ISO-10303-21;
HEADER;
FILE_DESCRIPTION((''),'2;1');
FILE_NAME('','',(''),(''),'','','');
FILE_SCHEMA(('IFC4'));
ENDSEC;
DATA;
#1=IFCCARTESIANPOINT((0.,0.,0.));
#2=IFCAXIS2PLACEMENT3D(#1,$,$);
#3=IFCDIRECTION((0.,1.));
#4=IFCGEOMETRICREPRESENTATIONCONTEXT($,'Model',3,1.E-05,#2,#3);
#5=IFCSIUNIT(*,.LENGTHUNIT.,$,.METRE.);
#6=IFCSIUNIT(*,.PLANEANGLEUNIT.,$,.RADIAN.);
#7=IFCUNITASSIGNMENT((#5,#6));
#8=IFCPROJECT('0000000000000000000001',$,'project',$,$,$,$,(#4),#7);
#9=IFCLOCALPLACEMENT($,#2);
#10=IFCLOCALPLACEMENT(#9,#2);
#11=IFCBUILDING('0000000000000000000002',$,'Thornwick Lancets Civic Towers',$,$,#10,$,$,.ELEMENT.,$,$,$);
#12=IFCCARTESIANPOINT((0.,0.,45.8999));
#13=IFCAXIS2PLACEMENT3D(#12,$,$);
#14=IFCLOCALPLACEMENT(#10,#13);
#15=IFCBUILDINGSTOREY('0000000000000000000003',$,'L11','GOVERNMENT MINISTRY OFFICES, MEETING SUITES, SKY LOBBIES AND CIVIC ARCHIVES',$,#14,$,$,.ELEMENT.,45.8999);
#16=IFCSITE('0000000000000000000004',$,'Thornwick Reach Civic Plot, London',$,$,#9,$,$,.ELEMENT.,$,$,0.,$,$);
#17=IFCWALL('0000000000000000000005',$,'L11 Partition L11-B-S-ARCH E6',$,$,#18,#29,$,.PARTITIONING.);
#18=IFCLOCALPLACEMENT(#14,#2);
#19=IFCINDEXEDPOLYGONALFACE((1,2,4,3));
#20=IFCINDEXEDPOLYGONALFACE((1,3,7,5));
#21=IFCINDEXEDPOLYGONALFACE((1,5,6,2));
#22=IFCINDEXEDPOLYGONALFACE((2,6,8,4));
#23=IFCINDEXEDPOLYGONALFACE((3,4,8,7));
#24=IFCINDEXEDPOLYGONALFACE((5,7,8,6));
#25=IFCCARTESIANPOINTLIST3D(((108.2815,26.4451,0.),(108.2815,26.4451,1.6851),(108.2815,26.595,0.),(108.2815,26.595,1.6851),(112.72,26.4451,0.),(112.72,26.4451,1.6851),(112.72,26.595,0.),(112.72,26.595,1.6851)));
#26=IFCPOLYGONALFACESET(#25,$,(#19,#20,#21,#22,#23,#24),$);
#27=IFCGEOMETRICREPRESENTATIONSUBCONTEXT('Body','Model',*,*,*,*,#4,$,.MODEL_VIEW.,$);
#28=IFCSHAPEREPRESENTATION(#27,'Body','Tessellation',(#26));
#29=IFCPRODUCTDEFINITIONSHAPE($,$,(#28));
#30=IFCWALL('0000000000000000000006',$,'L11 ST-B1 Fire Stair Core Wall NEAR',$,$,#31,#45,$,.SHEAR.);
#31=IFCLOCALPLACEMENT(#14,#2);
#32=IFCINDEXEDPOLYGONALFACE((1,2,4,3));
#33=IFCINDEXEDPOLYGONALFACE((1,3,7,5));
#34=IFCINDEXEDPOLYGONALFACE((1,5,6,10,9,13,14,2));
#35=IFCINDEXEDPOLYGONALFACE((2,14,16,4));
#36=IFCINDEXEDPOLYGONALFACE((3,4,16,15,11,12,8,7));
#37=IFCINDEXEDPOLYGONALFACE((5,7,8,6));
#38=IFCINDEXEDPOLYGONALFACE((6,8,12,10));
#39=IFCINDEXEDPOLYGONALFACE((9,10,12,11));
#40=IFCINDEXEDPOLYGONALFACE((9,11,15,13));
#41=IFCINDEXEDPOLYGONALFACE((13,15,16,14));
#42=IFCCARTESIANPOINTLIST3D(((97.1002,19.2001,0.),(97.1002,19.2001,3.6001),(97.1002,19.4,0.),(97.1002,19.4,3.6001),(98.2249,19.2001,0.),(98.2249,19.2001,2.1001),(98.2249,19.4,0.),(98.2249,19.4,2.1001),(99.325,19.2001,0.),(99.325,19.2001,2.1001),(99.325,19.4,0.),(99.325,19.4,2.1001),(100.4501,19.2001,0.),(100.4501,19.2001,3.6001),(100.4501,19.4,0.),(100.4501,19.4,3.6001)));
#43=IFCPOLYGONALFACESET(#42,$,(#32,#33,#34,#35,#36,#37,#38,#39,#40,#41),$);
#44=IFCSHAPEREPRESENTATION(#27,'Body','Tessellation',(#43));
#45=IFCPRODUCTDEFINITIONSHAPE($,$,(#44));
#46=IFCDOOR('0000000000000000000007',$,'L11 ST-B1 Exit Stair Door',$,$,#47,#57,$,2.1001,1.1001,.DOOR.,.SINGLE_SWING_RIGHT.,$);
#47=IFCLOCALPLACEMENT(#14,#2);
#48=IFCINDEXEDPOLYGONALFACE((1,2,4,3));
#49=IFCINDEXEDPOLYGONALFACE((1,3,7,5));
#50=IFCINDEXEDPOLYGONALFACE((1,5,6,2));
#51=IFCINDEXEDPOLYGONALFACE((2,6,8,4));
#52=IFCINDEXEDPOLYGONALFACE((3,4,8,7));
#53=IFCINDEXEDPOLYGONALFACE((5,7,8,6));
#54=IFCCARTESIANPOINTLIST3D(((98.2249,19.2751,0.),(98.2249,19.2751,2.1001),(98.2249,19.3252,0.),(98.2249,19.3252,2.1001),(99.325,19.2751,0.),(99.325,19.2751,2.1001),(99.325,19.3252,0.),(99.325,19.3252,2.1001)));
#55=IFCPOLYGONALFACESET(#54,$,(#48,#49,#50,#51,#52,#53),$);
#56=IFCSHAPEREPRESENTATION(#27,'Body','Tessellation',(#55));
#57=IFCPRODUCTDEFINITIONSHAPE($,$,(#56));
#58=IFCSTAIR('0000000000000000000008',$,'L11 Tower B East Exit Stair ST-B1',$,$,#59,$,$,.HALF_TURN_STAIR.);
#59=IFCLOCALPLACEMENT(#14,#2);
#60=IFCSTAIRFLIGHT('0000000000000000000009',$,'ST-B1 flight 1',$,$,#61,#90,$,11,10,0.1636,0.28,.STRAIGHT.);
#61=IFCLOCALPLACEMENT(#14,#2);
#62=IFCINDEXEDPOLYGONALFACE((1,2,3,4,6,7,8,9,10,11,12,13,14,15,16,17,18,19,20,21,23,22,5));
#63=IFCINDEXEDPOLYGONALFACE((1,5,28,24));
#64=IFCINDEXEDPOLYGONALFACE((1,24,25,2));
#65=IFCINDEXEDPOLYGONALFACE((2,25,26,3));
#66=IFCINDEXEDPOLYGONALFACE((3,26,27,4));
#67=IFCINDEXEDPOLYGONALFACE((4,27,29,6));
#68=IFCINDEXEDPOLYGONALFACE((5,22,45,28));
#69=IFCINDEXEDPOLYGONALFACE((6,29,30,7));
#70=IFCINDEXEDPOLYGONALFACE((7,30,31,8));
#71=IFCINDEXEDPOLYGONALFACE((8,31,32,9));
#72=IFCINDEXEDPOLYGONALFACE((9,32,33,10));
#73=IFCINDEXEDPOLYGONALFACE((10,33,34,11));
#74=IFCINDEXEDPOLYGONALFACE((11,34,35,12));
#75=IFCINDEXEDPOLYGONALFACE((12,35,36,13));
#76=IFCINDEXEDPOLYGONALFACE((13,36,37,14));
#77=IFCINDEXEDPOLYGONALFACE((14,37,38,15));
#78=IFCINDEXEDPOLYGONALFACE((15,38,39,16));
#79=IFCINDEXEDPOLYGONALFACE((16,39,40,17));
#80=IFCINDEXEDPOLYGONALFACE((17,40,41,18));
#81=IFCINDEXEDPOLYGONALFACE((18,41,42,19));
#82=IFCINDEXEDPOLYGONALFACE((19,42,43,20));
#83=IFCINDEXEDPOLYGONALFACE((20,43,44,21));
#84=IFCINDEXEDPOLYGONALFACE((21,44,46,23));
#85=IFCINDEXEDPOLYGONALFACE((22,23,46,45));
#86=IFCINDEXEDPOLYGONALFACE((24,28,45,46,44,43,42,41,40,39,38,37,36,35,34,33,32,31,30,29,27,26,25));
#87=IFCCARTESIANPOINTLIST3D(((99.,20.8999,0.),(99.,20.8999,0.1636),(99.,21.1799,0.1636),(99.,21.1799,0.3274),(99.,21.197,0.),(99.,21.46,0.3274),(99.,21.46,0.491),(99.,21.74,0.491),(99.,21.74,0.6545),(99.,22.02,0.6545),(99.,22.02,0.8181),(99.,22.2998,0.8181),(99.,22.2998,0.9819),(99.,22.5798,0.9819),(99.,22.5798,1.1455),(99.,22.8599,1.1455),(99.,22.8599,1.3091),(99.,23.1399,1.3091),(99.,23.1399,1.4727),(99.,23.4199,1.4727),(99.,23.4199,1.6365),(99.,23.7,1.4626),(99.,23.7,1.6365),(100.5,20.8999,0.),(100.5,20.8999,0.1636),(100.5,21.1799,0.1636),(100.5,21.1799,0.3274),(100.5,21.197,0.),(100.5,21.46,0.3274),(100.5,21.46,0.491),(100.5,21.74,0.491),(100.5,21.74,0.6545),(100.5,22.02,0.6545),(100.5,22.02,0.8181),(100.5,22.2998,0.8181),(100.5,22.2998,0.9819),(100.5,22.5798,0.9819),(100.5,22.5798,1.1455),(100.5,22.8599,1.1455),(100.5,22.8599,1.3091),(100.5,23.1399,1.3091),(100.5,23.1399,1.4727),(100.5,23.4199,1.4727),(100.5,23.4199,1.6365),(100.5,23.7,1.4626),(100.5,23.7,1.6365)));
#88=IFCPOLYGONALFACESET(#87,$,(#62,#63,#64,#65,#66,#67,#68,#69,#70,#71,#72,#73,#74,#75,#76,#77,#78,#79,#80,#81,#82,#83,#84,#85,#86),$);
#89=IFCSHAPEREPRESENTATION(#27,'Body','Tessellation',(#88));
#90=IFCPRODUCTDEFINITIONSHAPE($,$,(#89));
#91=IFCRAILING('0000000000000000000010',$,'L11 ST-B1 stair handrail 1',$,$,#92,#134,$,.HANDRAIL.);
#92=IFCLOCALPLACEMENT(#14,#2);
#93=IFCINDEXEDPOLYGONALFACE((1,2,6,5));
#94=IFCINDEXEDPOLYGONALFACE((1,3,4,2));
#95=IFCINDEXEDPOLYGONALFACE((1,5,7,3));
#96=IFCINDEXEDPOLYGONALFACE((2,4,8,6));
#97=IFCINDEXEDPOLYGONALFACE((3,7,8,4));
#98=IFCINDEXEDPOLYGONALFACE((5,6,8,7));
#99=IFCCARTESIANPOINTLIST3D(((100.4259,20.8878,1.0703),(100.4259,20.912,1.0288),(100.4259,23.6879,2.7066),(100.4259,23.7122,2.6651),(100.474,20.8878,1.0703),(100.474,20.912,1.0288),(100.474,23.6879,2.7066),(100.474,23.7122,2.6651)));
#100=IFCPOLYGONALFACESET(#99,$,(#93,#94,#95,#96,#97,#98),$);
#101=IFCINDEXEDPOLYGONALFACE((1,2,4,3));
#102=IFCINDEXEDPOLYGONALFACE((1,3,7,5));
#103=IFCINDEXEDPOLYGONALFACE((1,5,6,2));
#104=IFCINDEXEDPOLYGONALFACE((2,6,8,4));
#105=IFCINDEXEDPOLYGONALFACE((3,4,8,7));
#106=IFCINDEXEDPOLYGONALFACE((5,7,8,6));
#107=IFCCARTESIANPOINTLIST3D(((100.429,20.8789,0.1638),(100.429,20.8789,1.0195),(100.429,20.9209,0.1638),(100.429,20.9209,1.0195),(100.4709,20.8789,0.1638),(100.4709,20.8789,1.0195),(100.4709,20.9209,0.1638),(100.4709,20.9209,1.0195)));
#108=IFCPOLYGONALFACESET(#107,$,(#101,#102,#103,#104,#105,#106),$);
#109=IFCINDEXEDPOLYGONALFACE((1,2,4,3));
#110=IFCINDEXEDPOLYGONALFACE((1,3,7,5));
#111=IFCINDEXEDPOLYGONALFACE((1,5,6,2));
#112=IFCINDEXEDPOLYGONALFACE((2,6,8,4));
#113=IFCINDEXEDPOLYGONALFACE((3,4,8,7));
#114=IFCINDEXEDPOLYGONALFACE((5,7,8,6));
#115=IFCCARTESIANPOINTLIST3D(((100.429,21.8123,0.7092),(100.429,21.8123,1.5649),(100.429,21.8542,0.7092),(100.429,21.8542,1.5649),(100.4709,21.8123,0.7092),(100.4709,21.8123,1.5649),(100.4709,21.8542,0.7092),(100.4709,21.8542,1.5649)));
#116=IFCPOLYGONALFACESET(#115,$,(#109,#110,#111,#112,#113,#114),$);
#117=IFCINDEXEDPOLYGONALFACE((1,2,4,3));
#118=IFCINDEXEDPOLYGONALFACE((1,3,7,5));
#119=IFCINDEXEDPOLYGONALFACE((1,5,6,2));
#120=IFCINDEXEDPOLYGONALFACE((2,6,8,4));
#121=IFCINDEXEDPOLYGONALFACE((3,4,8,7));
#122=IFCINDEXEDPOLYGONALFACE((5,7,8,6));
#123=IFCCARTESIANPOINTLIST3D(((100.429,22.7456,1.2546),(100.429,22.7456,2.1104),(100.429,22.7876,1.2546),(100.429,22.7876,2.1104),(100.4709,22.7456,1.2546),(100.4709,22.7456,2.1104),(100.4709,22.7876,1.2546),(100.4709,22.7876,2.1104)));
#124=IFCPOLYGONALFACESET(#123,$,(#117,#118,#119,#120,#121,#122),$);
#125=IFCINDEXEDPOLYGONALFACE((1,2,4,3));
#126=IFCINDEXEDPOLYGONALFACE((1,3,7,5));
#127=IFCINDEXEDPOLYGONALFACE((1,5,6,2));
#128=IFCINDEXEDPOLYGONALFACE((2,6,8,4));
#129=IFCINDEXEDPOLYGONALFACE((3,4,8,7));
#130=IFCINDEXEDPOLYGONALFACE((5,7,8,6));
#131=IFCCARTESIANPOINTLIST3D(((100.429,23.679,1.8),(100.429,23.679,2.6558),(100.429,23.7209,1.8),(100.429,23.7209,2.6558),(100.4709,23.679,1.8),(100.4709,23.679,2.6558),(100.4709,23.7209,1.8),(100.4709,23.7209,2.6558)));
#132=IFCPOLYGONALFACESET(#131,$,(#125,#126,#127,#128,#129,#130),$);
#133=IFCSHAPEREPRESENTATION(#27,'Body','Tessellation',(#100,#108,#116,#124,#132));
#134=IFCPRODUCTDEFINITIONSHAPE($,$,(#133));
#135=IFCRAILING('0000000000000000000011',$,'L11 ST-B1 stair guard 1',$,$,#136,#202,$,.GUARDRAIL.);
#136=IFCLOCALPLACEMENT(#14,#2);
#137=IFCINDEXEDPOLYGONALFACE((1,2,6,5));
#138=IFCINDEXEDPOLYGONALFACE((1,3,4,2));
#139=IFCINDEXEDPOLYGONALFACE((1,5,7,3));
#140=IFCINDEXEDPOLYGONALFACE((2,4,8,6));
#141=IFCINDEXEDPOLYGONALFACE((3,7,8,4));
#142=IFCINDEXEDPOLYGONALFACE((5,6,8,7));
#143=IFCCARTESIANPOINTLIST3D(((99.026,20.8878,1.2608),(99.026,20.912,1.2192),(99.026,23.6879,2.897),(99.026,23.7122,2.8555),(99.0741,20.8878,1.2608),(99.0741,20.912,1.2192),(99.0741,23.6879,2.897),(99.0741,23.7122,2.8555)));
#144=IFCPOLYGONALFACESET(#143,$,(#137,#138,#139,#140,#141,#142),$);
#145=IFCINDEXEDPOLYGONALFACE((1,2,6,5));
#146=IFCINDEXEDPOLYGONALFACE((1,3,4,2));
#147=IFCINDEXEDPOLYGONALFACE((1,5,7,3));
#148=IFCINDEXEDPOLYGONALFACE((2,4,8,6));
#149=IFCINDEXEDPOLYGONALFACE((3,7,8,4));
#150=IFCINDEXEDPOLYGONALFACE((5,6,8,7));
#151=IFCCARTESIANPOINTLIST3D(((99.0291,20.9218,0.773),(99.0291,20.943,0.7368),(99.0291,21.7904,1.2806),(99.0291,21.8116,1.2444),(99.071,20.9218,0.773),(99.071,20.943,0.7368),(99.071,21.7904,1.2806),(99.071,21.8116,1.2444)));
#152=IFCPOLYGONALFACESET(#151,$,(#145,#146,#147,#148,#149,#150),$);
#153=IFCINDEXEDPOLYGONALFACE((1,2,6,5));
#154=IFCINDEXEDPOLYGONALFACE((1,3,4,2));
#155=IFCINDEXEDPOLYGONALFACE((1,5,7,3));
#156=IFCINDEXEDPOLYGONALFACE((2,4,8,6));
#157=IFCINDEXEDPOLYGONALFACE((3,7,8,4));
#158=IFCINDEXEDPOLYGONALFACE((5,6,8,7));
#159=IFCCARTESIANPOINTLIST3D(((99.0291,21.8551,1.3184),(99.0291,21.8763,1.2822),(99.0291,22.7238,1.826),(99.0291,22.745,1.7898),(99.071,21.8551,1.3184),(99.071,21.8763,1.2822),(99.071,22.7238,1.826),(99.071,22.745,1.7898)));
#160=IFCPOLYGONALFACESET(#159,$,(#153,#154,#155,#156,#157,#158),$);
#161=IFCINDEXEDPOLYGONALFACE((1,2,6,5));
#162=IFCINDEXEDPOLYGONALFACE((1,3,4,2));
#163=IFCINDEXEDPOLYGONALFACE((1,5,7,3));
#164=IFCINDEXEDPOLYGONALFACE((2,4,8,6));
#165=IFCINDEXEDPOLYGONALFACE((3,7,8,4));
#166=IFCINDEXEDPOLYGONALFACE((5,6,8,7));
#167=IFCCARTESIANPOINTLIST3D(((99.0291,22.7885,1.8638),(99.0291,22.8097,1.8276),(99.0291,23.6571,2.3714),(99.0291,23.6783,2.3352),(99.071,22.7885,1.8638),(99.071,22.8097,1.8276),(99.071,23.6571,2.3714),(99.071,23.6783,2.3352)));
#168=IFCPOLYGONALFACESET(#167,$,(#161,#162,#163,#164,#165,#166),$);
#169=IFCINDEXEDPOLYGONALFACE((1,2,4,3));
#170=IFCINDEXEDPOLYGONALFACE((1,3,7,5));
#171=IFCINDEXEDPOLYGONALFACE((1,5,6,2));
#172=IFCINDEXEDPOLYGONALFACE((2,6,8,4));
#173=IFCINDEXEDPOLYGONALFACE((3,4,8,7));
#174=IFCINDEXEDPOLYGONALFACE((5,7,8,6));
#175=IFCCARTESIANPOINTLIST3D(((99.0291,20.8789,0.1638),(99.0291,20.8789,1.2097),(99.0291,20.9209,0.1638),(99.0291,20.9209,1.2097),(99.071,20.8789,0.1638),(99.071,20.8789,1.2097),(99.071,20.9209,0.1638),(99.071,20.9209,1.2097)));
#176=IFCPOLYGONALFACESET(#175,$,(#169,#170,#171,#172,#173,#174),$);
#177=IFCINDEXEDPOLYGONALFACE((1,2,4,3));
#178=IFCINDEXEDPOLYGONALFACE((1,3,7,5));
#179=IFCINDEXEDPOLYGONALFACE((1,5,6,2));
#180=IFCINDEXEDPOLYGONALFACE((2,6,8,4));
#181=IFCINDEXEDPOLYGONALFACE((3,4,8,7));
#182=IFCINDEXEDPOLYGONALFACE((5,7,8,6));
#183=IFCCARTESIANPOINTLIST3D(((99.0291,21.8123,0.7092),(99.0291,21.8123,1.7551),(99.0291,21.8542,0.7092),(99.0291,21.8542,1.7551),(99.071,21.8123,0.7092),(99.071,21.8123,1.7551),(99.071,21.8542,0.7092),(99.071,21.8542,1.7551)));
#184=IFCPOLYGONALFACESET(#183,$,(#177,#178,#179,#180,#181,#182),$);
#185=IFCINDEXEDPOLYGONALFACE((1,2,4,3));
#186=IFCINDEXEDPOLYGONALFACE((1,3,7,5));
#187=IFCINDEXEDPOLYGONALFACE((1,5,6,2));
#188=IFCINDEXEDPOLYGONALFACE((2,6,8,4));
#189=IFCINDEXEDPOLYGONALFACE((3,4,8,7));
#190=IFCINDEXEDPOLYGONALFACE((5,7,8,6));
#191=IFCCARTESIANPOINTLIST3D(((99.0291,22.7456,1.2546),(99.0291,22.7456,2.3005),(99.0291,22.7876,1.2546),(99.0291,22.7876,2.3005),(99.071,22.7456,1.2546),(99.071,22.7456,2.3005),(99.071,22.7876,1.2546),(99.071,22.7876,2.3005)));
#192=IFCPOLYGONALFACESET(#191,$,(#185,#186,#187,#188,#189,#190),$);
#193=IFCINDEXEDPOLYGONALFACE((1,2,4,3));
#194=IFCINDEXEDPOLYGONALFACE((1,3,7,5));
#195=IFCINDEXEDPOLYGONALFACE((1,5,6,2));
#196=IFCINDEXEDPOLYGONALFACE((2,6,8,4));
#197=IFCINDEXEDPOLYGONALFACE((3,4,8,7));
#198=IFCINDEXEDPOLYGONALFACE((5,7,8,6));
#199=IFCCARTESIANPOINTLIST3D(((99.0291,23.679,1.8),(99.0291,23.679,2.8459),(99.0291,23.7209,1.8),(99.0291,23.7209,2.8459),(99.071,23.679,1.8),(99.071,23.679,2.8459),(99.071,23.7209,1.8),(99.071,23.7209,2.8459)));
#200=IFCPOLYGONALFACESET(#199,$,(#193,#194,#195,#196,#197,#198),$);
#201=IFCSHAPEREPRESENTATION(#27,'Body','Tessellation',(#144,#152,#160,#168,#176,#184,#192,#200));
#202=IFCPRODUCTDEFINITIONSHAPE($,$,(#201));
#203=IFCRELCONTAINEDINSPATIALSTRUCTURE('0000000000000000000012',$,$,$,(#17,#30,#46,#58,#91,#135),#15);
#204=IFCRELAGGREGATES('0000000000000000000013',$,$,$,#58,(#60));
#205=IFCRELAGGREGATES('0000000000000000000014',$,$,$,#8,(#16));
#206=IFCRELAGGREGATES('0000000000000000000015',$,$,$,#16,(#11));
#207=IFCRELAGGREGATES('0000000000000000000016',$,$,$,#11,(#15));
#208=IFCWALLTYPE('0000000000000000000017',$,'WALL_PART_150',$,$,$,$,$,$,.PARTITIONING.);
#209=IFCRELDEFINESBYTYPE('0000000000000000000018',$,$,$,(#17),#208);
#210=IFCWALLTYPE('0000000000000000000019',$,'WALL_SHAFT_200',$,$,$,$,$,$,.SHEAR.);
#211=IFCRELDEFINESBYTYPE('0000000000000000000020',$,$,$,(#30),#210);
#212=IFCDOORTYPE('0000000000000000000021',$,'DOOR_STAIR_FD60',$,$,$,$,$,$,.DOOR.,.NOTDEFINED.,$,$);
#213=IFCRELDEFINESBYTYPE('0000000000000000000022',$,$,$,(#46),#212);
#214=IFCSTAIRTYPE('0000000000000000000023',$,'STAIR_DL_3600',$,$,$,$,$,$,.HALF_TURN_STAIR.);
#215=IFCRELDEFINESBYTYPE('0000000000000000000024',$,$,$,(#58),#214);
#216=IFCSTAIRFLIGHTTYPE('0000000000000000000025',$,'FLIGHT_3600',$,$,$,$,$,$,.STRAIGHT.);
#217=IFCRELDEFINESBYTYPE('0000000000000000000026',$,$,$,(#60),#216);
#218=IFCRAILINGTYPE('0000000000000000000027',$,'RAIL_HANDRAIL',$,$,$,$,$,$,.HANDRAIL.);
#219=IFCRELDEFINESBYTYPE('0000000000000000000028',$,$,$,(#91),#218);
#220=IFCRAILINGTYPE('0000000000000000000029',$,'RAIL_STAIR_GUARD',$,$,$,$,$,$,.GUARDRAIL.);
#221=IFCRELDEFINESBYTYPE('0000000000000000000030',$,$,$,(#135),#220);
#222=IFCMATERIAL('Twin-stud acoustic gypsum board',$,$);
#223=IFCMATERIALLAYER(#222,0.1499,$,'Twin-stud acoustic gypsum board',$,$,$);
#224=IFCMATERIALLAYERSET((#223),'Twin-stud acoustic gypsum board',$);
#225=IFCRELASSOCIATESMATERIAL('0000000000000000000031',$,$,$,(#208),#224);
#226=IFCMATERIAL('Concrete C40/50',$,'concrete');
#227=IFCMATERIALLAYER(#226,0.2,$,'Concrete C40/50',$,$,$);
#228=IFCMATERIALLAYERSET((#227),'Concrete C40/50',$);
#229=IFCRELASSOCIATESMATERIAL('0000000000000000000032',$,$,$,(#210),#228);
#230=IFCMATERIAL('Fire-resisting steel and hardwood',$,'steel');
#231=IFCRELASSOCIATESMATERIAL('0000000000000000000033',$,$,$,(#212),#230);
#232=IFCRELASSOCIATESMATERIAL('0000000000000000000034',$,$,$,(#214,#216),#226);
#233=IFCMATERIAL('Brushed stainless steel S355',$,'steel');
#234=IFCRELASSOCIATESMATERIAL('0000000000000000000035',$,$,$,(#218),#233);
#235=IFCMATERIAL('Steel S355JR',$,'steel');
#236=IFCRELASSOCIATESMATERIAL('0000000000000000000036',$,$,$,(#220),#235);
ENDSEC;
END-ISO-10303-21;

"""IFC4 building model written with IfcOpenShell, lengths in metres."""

from ifc_helpers import new_model, si_unit, direction, frame, frame_2d, origin, origin_2d, place, context, subcontext, project, spatial, polyline, rectangle, outline, extrude, material, layer, layer_set, type_object, element, fill, aggregate, save


model = new_model("IFC4")

# Units and contexts
model_context = context("Model", 3, precision=1e-05, world=origin(), true_north=direction((0.0, 1.0)))
body_context = subcontext(model_context, "Body", "Model", "MODEL_VIEW")
ifc_project = project(units=[si_unit("LENGTHUNIT", "METRE"), si_unit("PLANEANGLEUNIT", "RADIAN")], contexts=[model_context])

# Site, building, storey
site_placement = place(None, origin())
site = spatial("IfcSite", under=ifc_project, at=site_placement, Name="Thornwick Reach Civic Plot, London", CompositionType="ELEMENT", RefElevation=0.0)
building_placement = place(site_placement, origin())
building = spatial("IfcBuilding", under=site, at=building_placement, Name="Thornwick Lancets Civic Towers", CompositionType="ELEMENT")
storey_placement = place(building_placement, frame((0.0, 0.0, 45.8999)))
storey = spatial("IfcBuildingStorey", under=building, at=storey_placement, Name="L11", Description="GOVERNMENT MINISTRY OFFICES, MEETING SUITES, SKY LOBBIES AND CIVIC ARCHIVES", CompositionType="ELEMENT", Elevation=45.8999)

# Shared definitions
ifc_material_1 = material(Name="Concrete C40/50", Category="concrete")

# Shared definitions
ifc_material_2 = material(Name="Twin-stud acoustic gypsum board")
ifc_layer_1 = layer(ifc_material_2, 0.1499, Name="Twin-stud acoustic gypsum board")
ifc_layer_set_1 = layer_set([ifc_layer_1], Name="Twin-stud acoustic gypsum board")
wall_type_1 = type_object("IfcWallType", Name="WALL_PART_150", PredefinedType="PARTITIONING", material=ifc_layer_set_1)

# Wall
wall_1_placement = place(storey_placement, frame((108.2815, 26.52, 0.0), z_axis=(0.0, 0.0, 1.0), x_axis=(1.0, 0.0, 0.0)))
element("IfcWall", 1, at=wall_1_placement, inside=storey, type_object=wall_type_1, Name="L11 Partition L11-B-S-ARCH E6", PredefinedType="PARTITIONING", context=body_context, shape_type="SweptSolid", body=[
    extrude(rectangle(XDim=4.4385, YDim=0.1499, at=frame_2d((2.2192, 0.0))), origin(), (0.0, 0.0, 1.0), 1.6851),
])

# Wall, opening, door
ifc_layer_2 = layer(ifc_material_1, 0.2, Name="Concrete C40/50")
ifc_layer_set_2 = layer_set([ifc_layer_2], Name="Concrete C40/50")
wall_type_2 = type_object("IfcWallType", Name="WALL_SHAFT_200", PredefinedType="SHEAR", material=ifc_layer_set_2)
wall_2_placement = place(storey_placement, frame((100.45, 19.3, 0.0), z_axis=(0.0, 0.0, 1.0), x_axis=(-1.0, 0.0, 0.0)))
wall_2 = element("IfcWall", 2, at=wall_2_placement, inside=storey, type_object=wall_type_2, Name="L11 ST-B1 Fire Stair Core Wall NEAR", PredefinedType="SHEAR", context=body_context, shape_type="SweptSolid", body=[
    extrude(rectangle(XDim=3.3499, YDim=0.2, at=frame_2d((1.6748, 0.0))), origin(), (0.0, 0.0, 1.0), 3.6001),
])
opening_1_placement = place(wall_2_placement, frame((1.125, 0.0, 0.0)))
opening_1 = element("IfcOpeningElement", 3, at=opening_1_placement, cuts=wall_2, PredefinedType="OPENING", context=body_context, shape_type="SweptSolid", body=[
    extrude(rectangle(XDim=1.1001, YDim=2.1001, at=frame_2d((0.55, 1.05))), frame((0.0, 0.1099, 0.0), z_axis=(0.0, -1.0, 0.0), x_axis=(1.0, 0.0, 0.0)), (0.0, 0.0, 1.0), 0.22),
])
ifc_material_3 = material(Name="Fire-resisting steel and hardwood", Category="steel")
door_type_1 = type_object("IfcDoorType", Name="DOOR_STAIR_FD60", OperationType="NOTDEFINED", PredefinedType="DOOR", material=ifc_material_3)
door_1_placement = place(opening_1_placement, origin())
door_1 = element("IfcDoor", 4, at=door_1_placement, inside=storey, type_object=door_type_1, Name="L11 ST-B1 Exit Stair Door", OperationType="SINGLE_SWING_RIGHT", OverallHeight=2.1001, OverallWidth=1.1001, PredefinedType="DOOR", context=body_context, shape_type="SweptSolid", body=[
    extrude(rectangle(XDim=1.1001, YDim=2.1001, at=frame_2d((0.55, 1.05))), frame((0.0, 0.0249, 0.0), z_axis=(0.0, -1.0, 0.0), x_axis=(1.0, 0.0, 0.0)), (0.0, 0.0, 1.0), 0.05),
])
fill(opening_1, door_1)

# Stair, stair flight
stair_type = type_object("IfcStairType", Name="STAIR_DL_3600", PredefinedType="HALF_TURN_STAIR", material=ifc_material_1)
stair_placement = place(storey_placement, origin())
stair = element("IfcStair", 5, at=stair_placement, inside=storey, type_object=stair_type, Name="L11 Tower B East Exit Stair ST-B1", PredefinedType="HALF_TURN_STAIR")
stair_flight_type = type_object("IfcStairFlightType", Name="FLIGHT_3600", PredefinedType="STRAIGHT", material=ifc_material_1)
stair_flight_placement = place(storey_placement, frame((99.75, 20.8999, 0.0), z_axis=(0.0, 0.0, 1.0), x_axis=(0.0, 1.0, 0.0)))
stair_flight = element("IfcStairFlight", 6, at=stair_flight_placement, type_object=stair_flight_type, Name="ST-B1 flight 1", NumberOfRisers=11, NumberOfTreads=10, PredefinedType="STRAIGHT", RiserHeight=0.1636, TreadLength=0.28, context=body_context, shape_type="SweptSolid", body=[
    extrude(outline(polyline([(0.0, 0.0), (0.0, 0.1636), (0.28, 0.1636), (0.28, 0.3274), (0.5601, 0.3274), (0.5601, 0.491), (0.8401, 0.491), (0.8401, 0.6545), (1.1201, 0.6545), (1.1201, 0.8181), (1.3999, 0.8181), (1.3999, 0.9819), (1.6799, 0.9819), (1.6799, 1.1455), (1.96, 1.1455), (1.96, 1.3091), (2.24, 1.3091), (2.24, 1.4727), (2.52, 1.4727), (2.52, 1.6365), (2.8, 1.6365), (2.8, 1.8), (2.8, 1.4626), (0.2971, 0.0), (0.0, 0.0)])), frame((0.0, 0.75, 0.0), z_axis=(0.0, -1.0, 0.0), x_axis=(1.0, 0.0, 0.0)), (0.0, 0.0, 1.0), 1.5),
])
aggregate(stair, [stair_flight])

# Railings
ifc_material_4 = material(Name="Brushed stainless steel S355", Category="steel")
railing_type_1 = type_object("IfcRailingType", Name="RAIL_HANDRAIL", PredefinedType="HANDRAIL", material=ifc_material_4)
railing_1_placement = place(storey_placement, frame((100.45, 20.8999, 0.1638)))
element("IfcRailing", 7, at=railing_1_placement, inside=storey, type_object=railing_type_1, Name="L11 ST-B1 stair handrail 1", PredefinedType="HANDRAIL", context=body_context, shape_type="SweptSolid", body=[
    extrude(rectangle(XDim=0.0481, YDim=0.0481, at=origin_2d()), frame((0.0, 0.0, 0.8857), z_axis=(0.0, 0.863394, 0.504531), x_axis=(-1.0, 0.0, 0.0)), (0.0, 0.0, 1.0), 3.2432),
    extrude(rectangle(XDim=0.042, YDim=0.042, at=origin_2d()), origin(), (0.0, 0.0, 1.0), 0.8557),
    extrude(rectangle(XDim=0.042, YDim=0.042, at=origin_2d()), frame((0.0, 0.9333, 0.5454)), (0.0, 0.0, 1.0), 0.8557),
    extrude(rectangle(XDim=0.042, YDim=0.042, at=origin_2d()), frame((0.0, 1.8667, 1.0908)), (0.0, 0.0, 1.0), 0.8557),
    extrude(rectangle(XDim=0.042, YDim=0.042, at=origin_2d()), frame((0.0, 2.8, 1.6362)), (0.0, 0.0, 1.0), 0.8557),
])
ifc_material_5 = material(Name="Steel S355JR", Category="steel")
railing_type_2 = type_object("IfcRailingType", Name="RAIL_STAIR_GUARD", PredefinedType="GUARDRAIL", material=ifc_material_5)
railing_2_placement = place(storey_placement, frame((99.05, 20.8999, 0.1638)))
element("IfcRailing", 8, at=railing_2_placement, inside=storey, type_object=railing_type_2, Name="L11 ST-B1 stair guard 1", PredefinedType="GUARDRAIL", context=body_context, shape_type="SweptSolid", body=[
    extrude(rectangle(XDim=0.0481, YDim=0.0481, at=origin_2d()), frame((0.0, 0.0, 1.0762), z_axis=(0.0, 0.863394, 0.504531), x_axis=(-1.0, 0.0, 0.0)), (0.0, 0.0, 1.0), 3.2432),
    extrude(rectangle(XDim=0.042, YDim=0.042, at=origin_2d()), frame((0.0, 0.0325, 0.5911), z_axis=(0.0, 0.863394, 0.504531), x_axis=(-1.0, 0.0, 0.0)), (0.0, 0.0, 1.0), 1.0061),
    extrude(rectangle(XDim=0.042, YDim=0.042, at=origin_2d()), frame((0.0, 0.9658, 1.1365), z_axis=(0.0, 0.863394, 0.504531), x_axis=(-1.0, 0.0, 0.0)), (0.0, 0.0, 1.0), 1.0061),
    extrude(rectangle(XDim=0.042, YDim=0.042, at=origin_2d()), frame((0.0, 1.8992, 1.6819), z_axis=(0.0, 0.863394, 0.504531), x_axis=(-1.0, 0.0, 0.0)), (0.0, 0.0, 1.0), 1.0061),
    extrude(rectangle(XDim=0.042, YDim=0.042, at=origin_2d()), origin(), (0.0, 0.0, 1.0), 1.0459),
    extrude(rectangle(XDim=0.042, YDim=0.042, at=origin_2d()), frame((0.0, 0.9333, 0.5454)), (0.0, 0.0, 1.0), 1.0459),
    extrude(rectangle(XDim=0.042, YDim=0.042, at=origin_2d()), frame((0.0, 1.8667, 1.0908)), (0.0, 0.0, 1.0), 1.0459),
    extrude(rectangle(XDim=0.042, YDim=0.042, at=origin_2d()), frame((0.0, 2.8, 1.6362)), (0.0, 0.0, 1.0), 1.0459),
])

save(model, "model.ifc")
